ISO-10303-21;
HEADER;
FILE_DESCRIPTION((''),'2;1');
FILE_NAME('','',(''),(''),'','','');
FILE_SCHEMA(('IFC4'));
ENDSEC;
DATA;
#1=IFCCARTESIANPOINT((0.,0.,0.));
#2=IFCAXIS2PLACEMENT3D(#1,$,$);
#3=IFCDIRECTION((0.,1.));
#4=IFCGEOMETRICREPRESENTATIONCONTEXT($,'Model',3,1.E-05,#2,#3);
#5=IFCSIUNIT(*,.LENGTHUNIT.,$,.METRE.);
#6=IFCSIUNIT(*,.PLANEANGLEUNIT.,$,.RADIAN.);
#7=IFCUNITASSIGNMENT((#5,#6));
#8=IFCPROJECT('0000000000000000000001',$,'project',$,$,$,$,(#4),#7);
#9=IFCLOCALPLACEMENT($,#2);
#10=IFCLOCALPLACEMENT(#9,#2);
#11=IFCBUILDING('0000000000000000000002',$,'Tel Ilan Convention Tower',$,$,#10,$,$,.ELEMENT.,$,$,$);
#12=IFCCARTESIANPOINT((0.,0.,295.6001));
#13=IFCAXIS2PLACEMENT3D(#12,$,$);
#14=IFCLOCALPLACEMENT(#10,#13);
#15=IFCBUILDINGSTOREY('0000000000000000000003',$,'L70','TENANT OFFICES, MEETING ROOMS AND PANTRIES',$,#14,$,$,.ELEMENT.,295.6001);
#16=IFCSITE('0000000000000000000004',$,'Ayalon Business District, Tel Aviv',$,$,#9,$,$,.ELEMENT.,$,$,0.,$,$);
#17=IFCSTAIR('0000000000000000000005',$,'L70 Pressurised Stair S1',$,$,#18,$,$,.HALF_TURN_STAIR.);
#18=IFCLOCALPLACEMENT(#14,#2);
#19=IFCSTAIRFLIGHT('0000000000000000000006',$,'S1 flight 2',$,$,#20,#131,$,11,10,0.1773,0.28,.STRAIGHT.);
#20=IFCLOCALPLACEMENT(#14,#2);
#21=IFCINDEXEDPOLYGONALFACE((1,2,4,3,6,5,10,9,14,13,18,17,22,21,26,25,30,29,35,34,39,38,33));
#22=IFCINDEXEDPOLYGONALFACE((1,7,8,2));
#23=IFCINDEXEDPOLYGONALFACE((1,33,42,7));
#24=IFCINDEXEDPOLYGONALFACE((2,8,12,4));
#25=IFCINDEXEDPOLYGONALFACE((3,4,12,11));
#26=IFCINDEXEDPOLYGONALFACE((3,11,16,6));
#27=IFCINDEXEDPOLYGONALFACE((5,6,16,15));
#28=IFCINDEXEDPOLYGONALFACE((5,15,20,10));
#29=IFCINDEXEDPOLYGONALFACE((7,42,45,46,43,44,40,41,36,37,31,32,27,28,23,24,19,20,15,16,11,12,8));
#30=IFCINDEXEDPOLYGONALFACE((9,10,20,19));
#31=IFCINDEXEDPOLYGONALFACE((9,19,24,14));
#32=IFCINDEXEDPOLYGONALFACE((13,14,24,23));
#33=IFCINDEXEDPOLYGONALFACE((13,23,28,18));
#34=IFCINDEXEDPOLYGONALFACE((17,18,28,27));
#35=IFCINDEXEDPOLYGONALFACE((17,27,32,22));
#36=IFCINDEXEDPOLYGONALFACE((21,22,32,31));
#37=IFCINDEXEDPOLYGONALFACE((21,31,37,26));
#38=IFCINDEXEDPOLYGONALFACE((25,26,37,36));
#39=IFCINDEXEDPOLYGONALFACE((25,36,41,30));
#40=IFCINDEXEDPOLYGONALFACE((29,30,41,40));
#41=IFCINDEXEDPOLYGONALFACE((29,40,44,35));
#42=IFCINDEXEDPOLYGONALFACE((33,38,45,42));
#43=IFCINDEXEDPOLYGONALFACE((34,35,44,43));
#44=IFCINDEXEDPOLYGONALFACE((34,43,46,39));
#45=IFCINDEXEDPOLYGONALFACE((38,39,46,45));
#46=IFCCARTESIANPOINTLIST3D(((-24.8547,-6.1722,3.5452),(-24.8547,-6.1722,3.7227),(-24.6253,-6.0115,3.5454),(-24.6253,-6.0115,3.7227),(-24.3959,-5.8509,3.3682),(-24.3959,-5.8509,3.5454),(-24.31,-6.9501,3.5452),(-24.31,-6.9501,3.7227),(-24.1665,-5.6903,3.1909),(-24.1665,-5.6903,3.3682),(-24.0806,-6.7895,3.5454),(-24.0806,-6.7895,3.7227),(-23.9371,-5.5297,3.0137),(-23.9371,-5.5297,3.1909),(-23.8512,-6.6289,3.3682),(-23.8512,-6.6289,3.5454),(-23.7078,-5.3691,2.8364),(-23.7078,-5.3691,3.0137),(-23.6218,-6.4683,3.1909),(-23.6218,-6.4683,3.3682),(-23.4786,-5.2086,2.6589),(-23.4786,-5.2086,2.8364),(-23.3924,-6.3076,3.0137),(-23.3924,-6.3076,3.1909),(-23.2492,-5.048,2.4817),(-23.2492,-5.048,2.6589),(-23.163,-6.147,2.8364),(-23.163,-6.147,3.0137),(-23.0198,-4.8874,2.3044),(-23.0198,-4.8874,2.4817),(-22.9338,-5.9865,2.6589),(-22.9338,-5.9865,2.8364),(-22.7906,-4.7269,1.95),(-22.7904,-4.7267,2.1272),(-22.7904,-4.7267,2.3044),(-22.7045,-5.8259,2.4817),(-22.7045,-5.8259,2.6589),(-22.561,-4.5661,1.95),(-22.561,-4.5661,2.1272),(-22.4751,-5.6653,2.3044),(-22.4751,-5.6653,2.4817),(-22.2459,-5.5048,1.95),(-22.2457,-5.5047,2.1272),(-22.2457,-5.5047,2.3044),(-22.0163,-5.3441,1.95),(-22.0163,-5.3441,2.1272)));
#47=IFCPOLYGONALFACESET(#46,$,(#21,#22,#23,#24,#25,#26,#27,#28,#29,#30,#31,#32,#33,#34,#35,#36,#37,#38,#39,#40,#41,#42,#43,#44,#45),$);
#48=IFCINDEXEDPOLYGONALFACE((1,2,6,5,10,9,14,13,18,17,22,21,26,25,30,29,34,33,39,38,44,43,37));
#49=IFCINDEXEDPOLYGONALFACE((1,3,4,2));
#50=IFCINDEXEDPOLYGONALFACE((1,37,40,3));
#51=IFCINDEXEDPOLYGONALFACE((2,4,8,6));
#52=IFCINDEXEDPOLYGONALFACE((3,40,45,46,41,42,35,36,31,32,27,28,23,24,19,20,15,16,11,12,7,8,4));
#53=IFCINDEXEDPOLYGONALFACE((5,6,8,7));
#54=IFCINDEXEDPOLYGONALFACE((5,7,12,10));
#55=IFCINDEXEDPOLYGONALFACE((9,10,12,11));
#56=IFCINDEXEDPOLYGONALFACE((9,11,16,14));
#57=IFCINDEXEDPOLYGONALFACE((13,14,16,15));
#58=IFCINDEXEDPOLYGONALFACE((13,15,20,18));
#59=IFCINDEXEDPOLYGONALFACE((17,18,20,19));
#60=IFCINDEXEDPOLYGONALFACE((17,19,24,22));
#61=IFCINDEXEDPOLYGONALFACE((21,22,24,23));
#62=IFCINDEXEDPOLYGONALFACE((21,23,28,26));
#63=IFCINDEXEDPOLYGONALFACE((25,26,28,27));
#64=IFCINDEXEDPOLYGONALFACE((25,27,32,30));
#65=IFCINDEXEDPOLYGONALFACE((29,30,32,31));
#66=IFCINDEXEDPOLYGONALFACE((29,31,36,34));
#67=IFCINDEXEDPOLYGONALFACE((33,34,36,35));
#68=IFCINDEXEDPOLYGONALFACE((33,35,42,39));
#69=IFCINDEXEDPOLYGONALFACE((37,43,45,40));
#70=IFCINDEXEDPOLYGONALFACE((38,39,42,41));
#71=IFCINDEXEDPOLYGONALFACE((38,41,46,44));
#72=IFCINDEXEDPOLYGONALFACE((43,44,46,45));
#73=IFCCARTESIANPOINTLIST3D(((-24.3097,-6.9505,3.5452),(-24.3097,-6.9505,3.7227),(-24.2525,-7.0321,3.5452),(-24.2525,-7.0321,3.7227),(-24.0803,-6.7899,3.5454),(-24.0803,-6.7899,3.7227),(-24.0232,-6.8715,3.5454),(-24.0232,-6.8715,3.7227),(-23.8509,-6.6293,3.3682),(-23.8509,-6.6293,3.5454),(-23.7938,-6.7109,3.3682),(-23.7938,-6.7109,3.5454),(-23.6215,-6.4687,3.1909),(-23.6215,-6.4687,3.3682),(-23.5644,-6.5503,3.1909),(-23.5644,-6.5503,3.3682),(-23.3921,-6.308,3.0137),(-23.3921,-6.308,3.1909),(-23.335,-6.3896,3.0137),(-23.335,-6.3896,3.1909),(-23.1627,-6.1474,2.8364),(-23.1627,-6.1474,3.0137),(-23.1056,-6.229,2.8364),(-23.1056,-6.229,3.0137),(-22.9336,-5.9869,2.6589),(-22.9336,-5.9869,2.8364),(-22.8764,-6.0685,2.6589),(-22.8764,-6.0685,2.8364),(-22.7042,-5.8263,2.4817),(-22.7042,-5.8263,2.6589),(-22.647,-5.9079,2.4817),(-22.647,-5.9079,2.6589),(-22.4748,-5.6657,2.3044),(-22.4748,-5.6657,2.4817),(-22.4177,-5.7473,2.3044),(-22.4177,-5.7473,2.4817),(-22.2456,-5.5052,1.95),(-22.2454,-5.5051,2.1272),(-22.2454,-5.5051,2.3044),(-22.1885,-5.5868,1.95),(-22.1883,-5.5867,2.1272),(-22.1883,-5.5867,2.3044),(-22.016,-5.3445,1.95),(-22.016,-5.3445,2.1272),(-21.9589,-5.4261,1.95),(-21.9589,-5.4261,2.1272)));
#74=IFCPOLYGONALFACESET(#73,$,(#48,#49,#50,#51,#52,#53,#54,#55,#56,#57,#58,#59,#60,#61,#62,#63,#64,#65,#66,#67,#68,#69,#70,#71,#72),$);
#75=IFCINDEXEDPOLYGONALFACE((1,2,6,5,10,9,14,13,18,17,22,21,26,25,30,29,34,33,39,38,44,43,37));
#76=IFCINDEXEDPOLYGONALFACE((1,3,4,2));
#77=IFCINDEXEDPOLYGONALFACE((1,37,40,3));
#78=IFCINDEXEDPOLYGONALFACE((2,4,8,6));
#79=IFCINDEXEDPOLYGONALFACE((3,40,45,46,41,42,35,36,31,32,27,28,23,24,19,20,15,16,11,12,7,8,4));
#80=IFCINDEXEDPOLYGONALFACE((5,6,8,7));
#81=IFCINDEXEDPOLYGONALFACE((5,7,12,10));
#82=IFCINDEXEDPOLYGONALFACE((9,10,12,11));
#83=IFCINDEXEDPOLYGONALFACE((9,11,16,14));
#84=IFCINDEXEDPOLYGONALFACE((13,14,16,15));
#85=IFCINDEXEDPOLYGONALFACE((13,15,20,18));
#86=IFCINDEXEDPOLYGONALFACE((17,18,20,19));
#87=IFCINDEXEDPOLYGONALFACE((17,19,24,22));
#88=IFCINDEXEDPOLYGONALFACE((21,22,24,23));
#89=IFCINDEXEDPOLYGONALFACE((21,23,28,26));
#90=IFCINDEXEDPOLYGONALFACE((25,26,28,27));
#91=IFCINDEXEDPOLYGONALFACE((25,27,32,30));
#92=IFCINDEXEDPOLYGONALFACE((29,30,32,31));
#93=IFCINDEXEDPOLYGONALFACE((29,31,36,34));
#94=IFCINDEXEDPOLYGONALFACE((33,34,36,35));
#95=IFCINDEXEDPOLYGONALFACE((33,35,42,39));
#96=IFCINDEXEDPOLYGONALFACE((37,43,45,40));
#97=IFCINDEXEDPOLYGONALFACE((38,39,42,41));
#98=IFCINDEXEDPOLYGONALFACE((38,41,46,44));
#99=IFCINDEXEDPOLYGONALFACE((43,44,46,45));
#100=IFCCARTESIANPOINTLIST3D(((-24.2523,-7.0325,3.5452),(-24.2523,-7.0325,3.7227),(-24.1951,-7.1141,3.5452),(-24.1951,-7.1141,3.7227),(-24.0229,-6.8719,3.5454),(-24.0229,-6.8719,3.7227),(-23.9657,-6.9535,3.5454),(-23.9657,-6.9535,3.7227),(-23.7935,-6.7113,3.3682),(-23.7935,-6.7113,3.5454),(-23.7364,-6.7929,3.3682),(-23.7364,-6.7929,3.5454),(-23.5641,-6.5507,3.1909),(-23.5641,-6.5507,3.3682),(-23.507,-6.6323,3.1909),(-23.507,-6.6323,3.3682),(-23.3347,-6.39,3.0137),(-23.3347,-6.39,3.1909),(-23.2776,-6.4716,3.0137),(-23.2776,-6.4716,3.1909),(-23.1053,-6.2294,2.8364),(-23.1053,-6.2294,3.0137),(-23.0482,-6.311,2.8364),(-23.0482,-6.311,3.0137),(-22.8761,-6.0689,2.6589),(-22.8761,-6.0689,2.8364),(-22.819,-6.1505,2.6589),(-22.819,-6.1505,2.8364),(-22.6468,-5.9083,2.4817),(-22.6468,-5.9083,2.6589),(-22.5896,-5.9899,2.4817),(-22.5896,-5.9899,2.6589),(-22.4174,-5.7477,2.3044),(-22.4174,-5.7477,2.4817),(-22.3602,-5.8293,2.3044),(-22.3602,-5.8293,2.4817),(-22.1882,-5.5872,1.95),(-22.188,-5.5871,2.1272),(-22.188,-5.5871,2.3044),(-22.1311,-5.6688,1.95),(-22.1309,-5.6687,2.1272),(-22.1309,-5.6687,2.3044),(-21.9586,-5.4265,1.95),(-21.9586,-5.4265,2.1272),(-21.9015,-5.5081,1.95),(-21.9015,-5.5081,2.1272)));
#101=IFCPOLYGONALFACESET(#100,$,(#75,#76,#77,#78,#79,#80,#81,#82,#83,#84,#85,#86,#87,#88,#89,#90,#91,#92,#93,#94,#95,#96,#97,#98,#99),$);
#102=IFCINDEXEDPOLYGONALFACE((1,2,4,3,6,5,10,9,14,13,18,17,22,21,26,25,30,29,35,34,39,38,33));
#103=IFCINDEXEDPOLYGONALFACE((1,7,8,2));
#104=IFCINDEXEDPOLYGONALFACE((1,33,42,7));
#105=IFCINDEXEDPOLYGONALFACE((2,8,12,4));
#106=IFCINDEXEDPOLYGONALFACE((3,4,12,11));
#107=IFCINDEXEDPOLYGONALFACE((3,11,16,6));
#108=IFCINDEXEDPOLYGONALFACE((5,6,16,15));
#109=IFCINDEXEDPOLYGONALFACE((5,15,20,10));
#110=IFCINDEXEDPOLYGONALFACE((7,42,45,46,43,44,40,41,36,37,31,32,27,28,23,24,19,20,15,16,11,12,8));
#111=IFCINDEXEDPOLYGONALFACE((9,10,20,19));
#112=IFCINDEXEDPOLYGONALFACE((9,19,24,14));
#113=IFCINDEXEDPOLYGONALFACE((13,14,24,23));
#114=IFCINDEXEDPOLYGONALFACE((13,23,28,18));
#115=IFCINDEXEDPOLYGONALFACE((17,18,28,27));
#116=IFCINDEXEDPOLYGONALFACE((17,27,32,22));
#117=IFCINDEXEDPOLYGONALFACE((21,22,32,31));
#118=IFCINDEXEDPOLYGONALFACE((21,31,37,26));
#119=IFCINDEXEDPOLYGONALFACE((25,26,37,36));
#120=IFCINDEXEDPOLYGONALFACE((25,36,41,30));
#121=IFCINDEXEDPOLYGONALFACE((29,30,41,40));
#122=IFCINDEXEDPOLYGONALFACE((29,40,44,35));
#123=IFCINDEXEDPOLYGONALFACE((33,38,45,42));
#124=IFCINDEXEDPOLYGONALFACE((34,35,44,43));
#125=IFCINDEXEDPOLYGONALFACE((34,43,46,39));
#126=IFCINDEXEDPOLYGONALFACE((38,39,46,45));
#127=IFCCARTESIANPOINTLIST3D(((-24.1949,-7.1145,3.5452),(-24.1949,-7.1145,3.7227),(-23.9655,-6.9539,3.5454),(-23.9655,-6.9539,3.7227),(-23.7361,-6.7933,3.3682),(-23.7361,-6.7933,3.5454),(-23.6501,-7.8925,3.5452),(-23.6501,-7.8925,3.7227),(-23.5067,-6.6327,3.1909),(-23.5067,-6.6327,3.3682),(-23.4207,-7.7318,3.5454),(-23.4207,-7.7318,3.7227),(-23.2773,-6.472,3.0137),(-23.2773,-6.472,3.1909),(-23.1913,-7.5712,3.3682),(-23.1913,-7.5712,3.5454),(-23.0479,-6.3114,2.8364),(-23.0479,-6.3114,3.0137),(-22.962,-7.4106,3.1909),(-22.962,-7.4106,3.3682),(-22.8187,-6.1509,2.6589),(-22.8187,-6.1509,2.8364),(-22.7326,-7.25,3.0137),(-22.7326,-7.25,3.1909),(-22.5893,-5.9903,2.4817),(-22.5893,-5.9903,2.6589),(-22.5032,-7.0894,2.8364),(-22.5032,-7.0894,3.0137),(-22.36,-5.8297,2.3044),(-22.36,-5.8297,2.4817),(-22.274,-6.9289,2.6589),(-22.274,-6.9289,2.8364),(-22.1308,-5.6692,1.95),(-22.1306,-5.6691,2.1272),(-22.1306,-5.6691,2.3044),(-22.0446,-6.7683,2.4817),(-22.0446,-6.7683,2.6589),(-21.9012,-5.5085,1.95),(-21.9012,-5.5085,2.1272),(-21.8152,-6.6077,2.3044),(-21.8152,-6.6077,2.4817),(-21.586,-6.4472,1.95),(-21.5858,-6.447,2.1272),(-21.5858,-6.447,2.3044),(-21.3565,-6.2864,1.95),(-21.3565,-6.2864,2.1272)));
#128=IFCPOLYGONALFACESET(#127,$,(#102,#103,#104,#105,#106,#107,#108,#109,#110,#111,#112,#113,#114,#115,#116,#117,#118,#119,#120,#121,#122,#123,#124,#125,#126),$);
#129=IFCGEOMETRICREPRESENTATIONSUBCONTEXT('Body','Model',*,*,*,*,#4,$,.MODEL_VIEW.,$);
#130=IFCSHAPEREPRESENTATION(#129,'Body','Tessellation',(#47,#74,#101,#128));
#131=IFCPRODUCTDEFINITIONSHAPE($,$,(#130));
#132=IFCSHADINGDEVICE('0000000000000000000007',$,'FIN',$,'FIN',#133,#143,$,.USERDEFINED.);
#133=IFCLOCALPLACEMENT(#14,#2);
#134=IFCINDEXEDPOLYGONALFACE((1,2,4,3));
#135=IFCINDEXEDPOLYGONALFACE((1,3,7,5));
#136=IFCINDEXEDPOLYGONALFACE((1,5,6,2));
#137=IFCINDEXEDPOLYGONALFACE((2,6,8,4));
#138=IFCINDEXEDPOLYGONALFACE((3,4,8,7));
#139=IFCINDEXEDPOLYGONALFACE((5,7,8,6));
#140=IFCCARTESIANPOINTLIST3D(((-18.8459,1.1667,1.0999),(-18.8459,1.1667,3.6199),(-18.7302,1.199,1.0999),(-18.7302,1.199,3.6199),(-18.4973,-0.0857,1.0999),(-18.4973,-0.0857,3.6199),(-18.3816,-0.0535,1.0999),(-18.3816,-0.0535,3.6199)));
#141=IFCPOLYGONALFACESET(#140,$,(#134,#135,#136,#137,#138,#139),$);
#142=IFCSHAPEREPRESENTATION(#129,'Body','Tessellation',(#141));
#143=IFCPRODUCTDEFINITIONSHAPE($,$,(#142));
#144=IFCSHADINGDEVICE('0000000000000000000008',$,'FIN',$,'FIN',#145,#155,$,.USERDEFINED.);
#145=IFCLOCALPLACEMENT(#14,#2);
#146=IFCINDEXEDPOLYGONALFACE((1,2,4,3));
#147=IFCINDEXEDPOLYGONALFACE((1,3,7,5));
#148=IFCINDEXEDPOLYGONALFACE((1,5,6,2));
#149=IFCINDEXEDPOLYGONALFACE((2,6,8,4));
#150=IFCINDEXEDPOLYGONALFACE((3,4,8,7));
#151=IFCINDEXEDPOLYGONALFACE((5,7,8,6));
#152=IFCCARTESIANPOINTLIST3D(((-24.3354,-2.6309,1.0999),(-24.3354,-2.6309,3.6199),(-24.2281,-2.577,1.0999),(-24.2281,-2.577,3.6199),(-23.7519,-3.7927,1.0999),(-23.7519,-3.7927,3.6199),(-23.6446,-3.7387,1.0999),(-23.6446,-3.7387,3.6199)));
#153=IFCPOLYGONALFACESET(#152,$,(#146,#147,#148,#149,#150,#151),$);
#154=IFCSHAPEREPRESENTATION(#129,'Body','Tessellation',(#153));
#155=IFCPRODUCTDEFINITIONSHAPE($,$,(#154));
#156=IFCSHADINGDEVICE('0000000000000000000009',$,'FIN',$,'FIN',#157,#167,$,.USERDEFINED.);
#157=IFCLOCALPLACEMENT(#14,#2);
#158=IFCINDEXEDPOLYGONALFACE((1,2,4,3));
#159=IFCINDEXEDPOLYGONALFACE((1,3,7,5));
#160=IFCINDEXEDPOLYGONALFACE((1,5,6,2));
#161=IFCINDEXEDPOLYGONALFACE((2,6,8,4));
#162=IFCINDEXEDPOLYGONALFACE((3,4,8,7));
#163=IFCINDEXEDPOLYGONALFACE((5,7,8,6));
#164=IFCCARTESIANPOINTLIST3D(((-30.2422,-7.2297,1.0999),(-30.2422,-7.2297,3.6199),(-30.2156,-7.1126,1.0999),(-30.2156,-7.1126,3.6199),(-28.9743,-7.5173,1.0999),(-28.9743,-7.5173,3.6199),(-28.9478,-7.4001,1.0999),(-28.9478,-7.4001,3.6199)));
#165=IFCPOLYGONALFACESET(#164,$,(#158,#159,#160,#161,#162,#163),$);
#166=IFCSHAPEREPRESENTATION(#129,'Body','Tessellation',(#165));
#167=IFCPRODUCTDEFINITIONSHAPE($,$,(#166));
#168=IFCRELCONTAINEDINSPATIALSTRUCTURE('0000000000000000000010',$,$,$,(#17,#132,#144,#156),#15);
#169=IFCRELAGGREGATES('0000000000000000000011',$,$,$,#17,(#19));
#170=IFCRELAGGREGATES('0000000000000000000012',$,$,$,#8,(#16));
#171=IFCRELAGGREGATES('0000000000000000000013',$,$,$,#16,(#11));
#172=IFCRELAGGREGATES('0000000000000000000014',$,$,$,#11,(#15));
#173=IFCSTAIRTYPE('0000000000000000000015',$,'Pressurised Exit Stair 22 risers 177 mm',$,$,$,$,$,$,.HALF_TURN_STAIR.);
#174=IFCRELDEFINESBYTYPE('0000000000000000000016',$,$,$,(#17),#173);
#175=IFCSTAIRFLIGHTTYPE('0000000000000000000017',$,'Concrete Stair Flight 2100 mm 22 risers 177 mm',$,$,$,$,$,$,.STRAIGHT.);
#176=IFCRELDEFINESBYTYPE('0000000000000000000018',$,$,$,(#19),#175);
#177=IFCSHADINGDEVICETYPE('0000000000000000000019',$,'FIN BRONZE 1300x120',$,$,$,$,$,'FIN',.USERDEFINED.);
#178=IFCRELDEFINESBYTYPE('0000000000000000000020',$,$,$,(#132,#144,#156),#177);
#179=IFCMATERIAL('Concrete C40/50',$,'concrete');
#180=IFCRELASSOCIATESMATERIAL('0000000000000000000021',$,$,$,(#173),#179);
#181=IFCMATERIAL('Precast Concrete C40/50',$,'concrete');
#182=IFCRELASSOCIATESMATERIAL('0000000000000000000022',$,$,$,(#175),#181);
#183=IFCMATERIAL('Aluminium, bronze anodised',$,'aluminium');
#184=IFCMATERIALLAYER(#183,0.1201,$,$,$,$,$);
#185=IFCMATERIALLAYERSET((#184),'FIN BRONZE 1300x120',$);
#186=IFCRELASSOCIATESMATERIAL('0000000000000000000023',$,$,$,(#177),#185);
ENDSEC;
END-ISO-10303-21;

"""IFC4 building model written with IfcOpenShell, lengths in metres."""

from ifc_helpers import new_model, si_unit, direction, frame, origin, origin_2d, place, context, subcontext, project, spatial, polyline, rectangle, outline, extrude, material, layer, layer_set, type_object, element, aggregate, save


model = new_model("IFC4")

# Units and contexts
model_context = context("Model", 3, precision=1e-05, world=origin(), true_north=direction((0.0, 1.0)))
body_context = subcontext(model_context, "Body", "Model", "MODEL_VIEW")
ifc_project = project(units=[si_unit("LENGTHUNIT", "METRE"), si_unit("PLANEANGLEUNIT", "RADIAN")], contexts=[model_context])

# Site, building, storey
site_placement = place(None, origin())
site = spatial("IfcSite", under=ifc_project, at=site_placement, Name="Ayalon Business District, Tel Aviv", CompositionType="ELEMENT", RefElevation=0.0)
building_placement = place(site_placement, origin())
building = spatial("IfcBuilding", under=site, at=building_placement, Name="Tel Ilan Convention Tower", CompositionType="ELEMENT")
storey_placement = place(building_placement, frame((0.0, 0.0, 295.6001)))
storey = spatial("IfcBuildingStorey", under=building, at=storey_placement, Name="L70", Description="TENANT OFFICES, MEETING ROOMS AND PANTRIES", CompositionType="ELEMENT", Elevation=295.6001)

# Stair, stair flight
ifc_material_1 = material(Name="Concrete C40/50", Category="concrete")
stair_type = type_object("IfcStairType", Name="Pressurised Exit Stair 22 risers 177 mm", PredefinedType="HALF_TURN_STAIR", material=ifc_material_1)
stair_placement = place(storey_placement, origin())
stair = element("IfcStair", 1, at=stair_placement, inside=storey, type_object=stair_type, Name="L70 Pressurised Stair S1", PredefinedType="HALF_TURN_STAIR")
ifc_material_2 = material(Name="Precast Concrete C40/50", Category="concrete")
stair_flight_type = type_object("IfcStairFlightType", Name="Concrete Stair Flight 2100 mm 22 risers 177 mm", PredefinedType="STRAIGHT", material=ifc_material_2)
stair_flight_placement = place(storey_placement, frame((-21.9587, -5.4263, 1.95), z_axis=(0.0, 0.0, 1.0), x_axis=(-0.819152, -0.573576, 0.0)))
stair_flight = element("IfcStairFlight", 2, at=stair_flight_placement, type_object=stair_flight_type, Name="S1 flight 2", NumberOfRisers=11, NumberOfTreads=10, PredefinedType="STRAIGHT", RiserHeight=0.1773, TreadLength=0.28, context=body_context, shape_type="SweptSolid", body=[
    extrude(outline(polyline([(0.0, 0.0), (0.0, 0.1772), (0.28, 0.1772), (0.28, 0.3545), (0.5601, 0.3545), (0.5601, 0.5317), (0.8401, 0.5317), (0.8401, 0.709), (1.1201, 0.709), (1.1201, 0.8865), (1.3999, 0.8865), (1.3999, 1.0637), (1.6799, 1.0637), (1.6799, 1.241), (1.96, 1.241), (1.96, 1.4182), (2.24, 1.4182), (2.24, 1.5955), (2.52, 1.5955), (2.52, 1.7727), (2.8, 1.7727), (2.8, 1.95), (2.8, 1.5952), (0.2803, 0.0), (0.0, 0.0)])), frame((0.0, -0.1003, 0.0), z_axis=(0.0, -1.0, 0.0), x_axis=(1.0, 0.0, 0.0)), (0.0, 0.0, 1.0), 0.9497),
    extrude(outline(polyline([(0.0, 0.0), (0.0, 0.1772), (0.28, 0.1772), (0.28, 0.3545), (0.5601, 0.3545), (0.5601, 0.5317), (0.8401, 0.5317), (0.8401, 0.709), (1.1201, 0.709), (1.1201, 0.8865), (1.3999, 0.8865), (1.3999, 1.0637), (1.6799, 1.0637), (1.6799, 1.241), (1.96, 1.241), (1.96, 1.4182), (2.24, 1.4182), (2.24, 1.5955), (2.52, 1.5955), (2.52, 1.7727), (2.8, 1.7727), (2.8, 1.95), (2.8, 1.5952), (0.2803, 0.0), (0.0, 0.0)])), frame((0.0, -0.0002, 0.0), z_axis=(0.0, -1.0, 0.0), x_axis=(1.0, 0.0, 0.0)), (0.0, 0.0, 1.0), 0.0996),
    extrude(outline(polyline([(0.0, 0.0), (0.0, 0.1772), (0.28, 0.1772), (0.28, 0.3545), (0.5601, 0.3545), (0.5601, 0.5317), (0.8401, 0.5317), (0.8401, 0.709), (1.1201, 0.709), (1.1201, 0.8865), (1.3999, 0.8865), (1.3999, 1.0637), (1.6799, 1.0637), (1.6799, 1.241), (1.96, 1.241), (1.96, 1.4182), (2.24, 1.4182), (2.24, 1.5955), (2.52, 1.5955), (2.52, 1.7727), (2.8, 1.7727), (2.8, 1.95), (2.8, 1.5952), (0.2803, 0.0), (0.0, 0.0)])), frame((0.0, 0.0999, 0.0), z_axis=(0.0, -1.0, 0.0), x_axis=(1.0, 0.0, 0.0)), (0.0, 0.0, 1.0), 0.0996),
    extrude(outline(polyline([(0.0, 0.0), (0.0, 0.1772), (0.28, 0.1772), (0.28, 0.3545), (0.5601, 0.3545), (0.5601, 0.5317), (0.8401, 0.5317), (0.8401, 0.709), (1.1201, 0.709), (1.1201, 0.8865), (1.3999, 0.8865), (1.3999, 1.0637), (1.6799, 1.0637), (1.6799, 1.241), (1.96, 1.241), (1.96, 1.4182), (2.24, 1.4182), (2.24, 1.5955), (2.52, 1.5955), (2.52, 1.7727), (2.8, 1.7727), (2.8, 1.95), (2.8, 1.5952), (0.2803, 0.0), (0.0, 0.0)])), frame((0.0, 1.05, 0.0), z_axis=(0.0, -1.0, 0.0), x_axis=(1.0, 0.0, 0.0)), (0.0, 0.0, 1.0), 0.9497),
])
aggregate(stair, [stair_flight])

# Shading devices
ifc_material_3 = material(Name="Aluminium, bronze anodised", Category="aluminium")
ifc_layer_1 = layer(ifc_material_3, 0.1201)
ifc_layer_set_1 = layer_set([ifc_layer_1], Name="FIN BRONZE 1300x120")
shading_device_type = type_object("IfcShadingDeviceType", Name="FIN BRONZE 1300x120", ElementType="FIN", PredefinedType="USERDEFINED", material=ifc_layer_set_1)
for number, where, z_axis, x_axis, name in (
    (3, (-18.6138, 0.5566, 1.0999), (0.0, 0.0, 1.0), (-0.268173, 0.963371, 0.0), "FIN"),
    (4, (-23.99, -3.1848, 1.0999), (0.0, 0.0, 1.0), (-0.448799, 0.893633, 0.0), "FIN"),
    (5, (-29.595, -7.3149, 1.0999), (0.0, 0.0, 1.0), (-0.975235, 0.22117, 0.0), "FIN"),
):
    element("IfcShadingDevice", number, at=place(storey_placement, frame(where, z_axis=z_axis, x_axis=x_axis)), inside=storey, type_object=shading_device_type, Name=name, ObjectType="FIN", PredefinedType="USERDEFINED", context=body_context, shape_type="SweptSolid", body=[
        extrude(rectangle(XDim=1.3, YDim=0.1201, at=origin_2d()), origin(), (0.0, 0.0, 1.0), 2.52),
    ])

save(model, "model.ifc")
